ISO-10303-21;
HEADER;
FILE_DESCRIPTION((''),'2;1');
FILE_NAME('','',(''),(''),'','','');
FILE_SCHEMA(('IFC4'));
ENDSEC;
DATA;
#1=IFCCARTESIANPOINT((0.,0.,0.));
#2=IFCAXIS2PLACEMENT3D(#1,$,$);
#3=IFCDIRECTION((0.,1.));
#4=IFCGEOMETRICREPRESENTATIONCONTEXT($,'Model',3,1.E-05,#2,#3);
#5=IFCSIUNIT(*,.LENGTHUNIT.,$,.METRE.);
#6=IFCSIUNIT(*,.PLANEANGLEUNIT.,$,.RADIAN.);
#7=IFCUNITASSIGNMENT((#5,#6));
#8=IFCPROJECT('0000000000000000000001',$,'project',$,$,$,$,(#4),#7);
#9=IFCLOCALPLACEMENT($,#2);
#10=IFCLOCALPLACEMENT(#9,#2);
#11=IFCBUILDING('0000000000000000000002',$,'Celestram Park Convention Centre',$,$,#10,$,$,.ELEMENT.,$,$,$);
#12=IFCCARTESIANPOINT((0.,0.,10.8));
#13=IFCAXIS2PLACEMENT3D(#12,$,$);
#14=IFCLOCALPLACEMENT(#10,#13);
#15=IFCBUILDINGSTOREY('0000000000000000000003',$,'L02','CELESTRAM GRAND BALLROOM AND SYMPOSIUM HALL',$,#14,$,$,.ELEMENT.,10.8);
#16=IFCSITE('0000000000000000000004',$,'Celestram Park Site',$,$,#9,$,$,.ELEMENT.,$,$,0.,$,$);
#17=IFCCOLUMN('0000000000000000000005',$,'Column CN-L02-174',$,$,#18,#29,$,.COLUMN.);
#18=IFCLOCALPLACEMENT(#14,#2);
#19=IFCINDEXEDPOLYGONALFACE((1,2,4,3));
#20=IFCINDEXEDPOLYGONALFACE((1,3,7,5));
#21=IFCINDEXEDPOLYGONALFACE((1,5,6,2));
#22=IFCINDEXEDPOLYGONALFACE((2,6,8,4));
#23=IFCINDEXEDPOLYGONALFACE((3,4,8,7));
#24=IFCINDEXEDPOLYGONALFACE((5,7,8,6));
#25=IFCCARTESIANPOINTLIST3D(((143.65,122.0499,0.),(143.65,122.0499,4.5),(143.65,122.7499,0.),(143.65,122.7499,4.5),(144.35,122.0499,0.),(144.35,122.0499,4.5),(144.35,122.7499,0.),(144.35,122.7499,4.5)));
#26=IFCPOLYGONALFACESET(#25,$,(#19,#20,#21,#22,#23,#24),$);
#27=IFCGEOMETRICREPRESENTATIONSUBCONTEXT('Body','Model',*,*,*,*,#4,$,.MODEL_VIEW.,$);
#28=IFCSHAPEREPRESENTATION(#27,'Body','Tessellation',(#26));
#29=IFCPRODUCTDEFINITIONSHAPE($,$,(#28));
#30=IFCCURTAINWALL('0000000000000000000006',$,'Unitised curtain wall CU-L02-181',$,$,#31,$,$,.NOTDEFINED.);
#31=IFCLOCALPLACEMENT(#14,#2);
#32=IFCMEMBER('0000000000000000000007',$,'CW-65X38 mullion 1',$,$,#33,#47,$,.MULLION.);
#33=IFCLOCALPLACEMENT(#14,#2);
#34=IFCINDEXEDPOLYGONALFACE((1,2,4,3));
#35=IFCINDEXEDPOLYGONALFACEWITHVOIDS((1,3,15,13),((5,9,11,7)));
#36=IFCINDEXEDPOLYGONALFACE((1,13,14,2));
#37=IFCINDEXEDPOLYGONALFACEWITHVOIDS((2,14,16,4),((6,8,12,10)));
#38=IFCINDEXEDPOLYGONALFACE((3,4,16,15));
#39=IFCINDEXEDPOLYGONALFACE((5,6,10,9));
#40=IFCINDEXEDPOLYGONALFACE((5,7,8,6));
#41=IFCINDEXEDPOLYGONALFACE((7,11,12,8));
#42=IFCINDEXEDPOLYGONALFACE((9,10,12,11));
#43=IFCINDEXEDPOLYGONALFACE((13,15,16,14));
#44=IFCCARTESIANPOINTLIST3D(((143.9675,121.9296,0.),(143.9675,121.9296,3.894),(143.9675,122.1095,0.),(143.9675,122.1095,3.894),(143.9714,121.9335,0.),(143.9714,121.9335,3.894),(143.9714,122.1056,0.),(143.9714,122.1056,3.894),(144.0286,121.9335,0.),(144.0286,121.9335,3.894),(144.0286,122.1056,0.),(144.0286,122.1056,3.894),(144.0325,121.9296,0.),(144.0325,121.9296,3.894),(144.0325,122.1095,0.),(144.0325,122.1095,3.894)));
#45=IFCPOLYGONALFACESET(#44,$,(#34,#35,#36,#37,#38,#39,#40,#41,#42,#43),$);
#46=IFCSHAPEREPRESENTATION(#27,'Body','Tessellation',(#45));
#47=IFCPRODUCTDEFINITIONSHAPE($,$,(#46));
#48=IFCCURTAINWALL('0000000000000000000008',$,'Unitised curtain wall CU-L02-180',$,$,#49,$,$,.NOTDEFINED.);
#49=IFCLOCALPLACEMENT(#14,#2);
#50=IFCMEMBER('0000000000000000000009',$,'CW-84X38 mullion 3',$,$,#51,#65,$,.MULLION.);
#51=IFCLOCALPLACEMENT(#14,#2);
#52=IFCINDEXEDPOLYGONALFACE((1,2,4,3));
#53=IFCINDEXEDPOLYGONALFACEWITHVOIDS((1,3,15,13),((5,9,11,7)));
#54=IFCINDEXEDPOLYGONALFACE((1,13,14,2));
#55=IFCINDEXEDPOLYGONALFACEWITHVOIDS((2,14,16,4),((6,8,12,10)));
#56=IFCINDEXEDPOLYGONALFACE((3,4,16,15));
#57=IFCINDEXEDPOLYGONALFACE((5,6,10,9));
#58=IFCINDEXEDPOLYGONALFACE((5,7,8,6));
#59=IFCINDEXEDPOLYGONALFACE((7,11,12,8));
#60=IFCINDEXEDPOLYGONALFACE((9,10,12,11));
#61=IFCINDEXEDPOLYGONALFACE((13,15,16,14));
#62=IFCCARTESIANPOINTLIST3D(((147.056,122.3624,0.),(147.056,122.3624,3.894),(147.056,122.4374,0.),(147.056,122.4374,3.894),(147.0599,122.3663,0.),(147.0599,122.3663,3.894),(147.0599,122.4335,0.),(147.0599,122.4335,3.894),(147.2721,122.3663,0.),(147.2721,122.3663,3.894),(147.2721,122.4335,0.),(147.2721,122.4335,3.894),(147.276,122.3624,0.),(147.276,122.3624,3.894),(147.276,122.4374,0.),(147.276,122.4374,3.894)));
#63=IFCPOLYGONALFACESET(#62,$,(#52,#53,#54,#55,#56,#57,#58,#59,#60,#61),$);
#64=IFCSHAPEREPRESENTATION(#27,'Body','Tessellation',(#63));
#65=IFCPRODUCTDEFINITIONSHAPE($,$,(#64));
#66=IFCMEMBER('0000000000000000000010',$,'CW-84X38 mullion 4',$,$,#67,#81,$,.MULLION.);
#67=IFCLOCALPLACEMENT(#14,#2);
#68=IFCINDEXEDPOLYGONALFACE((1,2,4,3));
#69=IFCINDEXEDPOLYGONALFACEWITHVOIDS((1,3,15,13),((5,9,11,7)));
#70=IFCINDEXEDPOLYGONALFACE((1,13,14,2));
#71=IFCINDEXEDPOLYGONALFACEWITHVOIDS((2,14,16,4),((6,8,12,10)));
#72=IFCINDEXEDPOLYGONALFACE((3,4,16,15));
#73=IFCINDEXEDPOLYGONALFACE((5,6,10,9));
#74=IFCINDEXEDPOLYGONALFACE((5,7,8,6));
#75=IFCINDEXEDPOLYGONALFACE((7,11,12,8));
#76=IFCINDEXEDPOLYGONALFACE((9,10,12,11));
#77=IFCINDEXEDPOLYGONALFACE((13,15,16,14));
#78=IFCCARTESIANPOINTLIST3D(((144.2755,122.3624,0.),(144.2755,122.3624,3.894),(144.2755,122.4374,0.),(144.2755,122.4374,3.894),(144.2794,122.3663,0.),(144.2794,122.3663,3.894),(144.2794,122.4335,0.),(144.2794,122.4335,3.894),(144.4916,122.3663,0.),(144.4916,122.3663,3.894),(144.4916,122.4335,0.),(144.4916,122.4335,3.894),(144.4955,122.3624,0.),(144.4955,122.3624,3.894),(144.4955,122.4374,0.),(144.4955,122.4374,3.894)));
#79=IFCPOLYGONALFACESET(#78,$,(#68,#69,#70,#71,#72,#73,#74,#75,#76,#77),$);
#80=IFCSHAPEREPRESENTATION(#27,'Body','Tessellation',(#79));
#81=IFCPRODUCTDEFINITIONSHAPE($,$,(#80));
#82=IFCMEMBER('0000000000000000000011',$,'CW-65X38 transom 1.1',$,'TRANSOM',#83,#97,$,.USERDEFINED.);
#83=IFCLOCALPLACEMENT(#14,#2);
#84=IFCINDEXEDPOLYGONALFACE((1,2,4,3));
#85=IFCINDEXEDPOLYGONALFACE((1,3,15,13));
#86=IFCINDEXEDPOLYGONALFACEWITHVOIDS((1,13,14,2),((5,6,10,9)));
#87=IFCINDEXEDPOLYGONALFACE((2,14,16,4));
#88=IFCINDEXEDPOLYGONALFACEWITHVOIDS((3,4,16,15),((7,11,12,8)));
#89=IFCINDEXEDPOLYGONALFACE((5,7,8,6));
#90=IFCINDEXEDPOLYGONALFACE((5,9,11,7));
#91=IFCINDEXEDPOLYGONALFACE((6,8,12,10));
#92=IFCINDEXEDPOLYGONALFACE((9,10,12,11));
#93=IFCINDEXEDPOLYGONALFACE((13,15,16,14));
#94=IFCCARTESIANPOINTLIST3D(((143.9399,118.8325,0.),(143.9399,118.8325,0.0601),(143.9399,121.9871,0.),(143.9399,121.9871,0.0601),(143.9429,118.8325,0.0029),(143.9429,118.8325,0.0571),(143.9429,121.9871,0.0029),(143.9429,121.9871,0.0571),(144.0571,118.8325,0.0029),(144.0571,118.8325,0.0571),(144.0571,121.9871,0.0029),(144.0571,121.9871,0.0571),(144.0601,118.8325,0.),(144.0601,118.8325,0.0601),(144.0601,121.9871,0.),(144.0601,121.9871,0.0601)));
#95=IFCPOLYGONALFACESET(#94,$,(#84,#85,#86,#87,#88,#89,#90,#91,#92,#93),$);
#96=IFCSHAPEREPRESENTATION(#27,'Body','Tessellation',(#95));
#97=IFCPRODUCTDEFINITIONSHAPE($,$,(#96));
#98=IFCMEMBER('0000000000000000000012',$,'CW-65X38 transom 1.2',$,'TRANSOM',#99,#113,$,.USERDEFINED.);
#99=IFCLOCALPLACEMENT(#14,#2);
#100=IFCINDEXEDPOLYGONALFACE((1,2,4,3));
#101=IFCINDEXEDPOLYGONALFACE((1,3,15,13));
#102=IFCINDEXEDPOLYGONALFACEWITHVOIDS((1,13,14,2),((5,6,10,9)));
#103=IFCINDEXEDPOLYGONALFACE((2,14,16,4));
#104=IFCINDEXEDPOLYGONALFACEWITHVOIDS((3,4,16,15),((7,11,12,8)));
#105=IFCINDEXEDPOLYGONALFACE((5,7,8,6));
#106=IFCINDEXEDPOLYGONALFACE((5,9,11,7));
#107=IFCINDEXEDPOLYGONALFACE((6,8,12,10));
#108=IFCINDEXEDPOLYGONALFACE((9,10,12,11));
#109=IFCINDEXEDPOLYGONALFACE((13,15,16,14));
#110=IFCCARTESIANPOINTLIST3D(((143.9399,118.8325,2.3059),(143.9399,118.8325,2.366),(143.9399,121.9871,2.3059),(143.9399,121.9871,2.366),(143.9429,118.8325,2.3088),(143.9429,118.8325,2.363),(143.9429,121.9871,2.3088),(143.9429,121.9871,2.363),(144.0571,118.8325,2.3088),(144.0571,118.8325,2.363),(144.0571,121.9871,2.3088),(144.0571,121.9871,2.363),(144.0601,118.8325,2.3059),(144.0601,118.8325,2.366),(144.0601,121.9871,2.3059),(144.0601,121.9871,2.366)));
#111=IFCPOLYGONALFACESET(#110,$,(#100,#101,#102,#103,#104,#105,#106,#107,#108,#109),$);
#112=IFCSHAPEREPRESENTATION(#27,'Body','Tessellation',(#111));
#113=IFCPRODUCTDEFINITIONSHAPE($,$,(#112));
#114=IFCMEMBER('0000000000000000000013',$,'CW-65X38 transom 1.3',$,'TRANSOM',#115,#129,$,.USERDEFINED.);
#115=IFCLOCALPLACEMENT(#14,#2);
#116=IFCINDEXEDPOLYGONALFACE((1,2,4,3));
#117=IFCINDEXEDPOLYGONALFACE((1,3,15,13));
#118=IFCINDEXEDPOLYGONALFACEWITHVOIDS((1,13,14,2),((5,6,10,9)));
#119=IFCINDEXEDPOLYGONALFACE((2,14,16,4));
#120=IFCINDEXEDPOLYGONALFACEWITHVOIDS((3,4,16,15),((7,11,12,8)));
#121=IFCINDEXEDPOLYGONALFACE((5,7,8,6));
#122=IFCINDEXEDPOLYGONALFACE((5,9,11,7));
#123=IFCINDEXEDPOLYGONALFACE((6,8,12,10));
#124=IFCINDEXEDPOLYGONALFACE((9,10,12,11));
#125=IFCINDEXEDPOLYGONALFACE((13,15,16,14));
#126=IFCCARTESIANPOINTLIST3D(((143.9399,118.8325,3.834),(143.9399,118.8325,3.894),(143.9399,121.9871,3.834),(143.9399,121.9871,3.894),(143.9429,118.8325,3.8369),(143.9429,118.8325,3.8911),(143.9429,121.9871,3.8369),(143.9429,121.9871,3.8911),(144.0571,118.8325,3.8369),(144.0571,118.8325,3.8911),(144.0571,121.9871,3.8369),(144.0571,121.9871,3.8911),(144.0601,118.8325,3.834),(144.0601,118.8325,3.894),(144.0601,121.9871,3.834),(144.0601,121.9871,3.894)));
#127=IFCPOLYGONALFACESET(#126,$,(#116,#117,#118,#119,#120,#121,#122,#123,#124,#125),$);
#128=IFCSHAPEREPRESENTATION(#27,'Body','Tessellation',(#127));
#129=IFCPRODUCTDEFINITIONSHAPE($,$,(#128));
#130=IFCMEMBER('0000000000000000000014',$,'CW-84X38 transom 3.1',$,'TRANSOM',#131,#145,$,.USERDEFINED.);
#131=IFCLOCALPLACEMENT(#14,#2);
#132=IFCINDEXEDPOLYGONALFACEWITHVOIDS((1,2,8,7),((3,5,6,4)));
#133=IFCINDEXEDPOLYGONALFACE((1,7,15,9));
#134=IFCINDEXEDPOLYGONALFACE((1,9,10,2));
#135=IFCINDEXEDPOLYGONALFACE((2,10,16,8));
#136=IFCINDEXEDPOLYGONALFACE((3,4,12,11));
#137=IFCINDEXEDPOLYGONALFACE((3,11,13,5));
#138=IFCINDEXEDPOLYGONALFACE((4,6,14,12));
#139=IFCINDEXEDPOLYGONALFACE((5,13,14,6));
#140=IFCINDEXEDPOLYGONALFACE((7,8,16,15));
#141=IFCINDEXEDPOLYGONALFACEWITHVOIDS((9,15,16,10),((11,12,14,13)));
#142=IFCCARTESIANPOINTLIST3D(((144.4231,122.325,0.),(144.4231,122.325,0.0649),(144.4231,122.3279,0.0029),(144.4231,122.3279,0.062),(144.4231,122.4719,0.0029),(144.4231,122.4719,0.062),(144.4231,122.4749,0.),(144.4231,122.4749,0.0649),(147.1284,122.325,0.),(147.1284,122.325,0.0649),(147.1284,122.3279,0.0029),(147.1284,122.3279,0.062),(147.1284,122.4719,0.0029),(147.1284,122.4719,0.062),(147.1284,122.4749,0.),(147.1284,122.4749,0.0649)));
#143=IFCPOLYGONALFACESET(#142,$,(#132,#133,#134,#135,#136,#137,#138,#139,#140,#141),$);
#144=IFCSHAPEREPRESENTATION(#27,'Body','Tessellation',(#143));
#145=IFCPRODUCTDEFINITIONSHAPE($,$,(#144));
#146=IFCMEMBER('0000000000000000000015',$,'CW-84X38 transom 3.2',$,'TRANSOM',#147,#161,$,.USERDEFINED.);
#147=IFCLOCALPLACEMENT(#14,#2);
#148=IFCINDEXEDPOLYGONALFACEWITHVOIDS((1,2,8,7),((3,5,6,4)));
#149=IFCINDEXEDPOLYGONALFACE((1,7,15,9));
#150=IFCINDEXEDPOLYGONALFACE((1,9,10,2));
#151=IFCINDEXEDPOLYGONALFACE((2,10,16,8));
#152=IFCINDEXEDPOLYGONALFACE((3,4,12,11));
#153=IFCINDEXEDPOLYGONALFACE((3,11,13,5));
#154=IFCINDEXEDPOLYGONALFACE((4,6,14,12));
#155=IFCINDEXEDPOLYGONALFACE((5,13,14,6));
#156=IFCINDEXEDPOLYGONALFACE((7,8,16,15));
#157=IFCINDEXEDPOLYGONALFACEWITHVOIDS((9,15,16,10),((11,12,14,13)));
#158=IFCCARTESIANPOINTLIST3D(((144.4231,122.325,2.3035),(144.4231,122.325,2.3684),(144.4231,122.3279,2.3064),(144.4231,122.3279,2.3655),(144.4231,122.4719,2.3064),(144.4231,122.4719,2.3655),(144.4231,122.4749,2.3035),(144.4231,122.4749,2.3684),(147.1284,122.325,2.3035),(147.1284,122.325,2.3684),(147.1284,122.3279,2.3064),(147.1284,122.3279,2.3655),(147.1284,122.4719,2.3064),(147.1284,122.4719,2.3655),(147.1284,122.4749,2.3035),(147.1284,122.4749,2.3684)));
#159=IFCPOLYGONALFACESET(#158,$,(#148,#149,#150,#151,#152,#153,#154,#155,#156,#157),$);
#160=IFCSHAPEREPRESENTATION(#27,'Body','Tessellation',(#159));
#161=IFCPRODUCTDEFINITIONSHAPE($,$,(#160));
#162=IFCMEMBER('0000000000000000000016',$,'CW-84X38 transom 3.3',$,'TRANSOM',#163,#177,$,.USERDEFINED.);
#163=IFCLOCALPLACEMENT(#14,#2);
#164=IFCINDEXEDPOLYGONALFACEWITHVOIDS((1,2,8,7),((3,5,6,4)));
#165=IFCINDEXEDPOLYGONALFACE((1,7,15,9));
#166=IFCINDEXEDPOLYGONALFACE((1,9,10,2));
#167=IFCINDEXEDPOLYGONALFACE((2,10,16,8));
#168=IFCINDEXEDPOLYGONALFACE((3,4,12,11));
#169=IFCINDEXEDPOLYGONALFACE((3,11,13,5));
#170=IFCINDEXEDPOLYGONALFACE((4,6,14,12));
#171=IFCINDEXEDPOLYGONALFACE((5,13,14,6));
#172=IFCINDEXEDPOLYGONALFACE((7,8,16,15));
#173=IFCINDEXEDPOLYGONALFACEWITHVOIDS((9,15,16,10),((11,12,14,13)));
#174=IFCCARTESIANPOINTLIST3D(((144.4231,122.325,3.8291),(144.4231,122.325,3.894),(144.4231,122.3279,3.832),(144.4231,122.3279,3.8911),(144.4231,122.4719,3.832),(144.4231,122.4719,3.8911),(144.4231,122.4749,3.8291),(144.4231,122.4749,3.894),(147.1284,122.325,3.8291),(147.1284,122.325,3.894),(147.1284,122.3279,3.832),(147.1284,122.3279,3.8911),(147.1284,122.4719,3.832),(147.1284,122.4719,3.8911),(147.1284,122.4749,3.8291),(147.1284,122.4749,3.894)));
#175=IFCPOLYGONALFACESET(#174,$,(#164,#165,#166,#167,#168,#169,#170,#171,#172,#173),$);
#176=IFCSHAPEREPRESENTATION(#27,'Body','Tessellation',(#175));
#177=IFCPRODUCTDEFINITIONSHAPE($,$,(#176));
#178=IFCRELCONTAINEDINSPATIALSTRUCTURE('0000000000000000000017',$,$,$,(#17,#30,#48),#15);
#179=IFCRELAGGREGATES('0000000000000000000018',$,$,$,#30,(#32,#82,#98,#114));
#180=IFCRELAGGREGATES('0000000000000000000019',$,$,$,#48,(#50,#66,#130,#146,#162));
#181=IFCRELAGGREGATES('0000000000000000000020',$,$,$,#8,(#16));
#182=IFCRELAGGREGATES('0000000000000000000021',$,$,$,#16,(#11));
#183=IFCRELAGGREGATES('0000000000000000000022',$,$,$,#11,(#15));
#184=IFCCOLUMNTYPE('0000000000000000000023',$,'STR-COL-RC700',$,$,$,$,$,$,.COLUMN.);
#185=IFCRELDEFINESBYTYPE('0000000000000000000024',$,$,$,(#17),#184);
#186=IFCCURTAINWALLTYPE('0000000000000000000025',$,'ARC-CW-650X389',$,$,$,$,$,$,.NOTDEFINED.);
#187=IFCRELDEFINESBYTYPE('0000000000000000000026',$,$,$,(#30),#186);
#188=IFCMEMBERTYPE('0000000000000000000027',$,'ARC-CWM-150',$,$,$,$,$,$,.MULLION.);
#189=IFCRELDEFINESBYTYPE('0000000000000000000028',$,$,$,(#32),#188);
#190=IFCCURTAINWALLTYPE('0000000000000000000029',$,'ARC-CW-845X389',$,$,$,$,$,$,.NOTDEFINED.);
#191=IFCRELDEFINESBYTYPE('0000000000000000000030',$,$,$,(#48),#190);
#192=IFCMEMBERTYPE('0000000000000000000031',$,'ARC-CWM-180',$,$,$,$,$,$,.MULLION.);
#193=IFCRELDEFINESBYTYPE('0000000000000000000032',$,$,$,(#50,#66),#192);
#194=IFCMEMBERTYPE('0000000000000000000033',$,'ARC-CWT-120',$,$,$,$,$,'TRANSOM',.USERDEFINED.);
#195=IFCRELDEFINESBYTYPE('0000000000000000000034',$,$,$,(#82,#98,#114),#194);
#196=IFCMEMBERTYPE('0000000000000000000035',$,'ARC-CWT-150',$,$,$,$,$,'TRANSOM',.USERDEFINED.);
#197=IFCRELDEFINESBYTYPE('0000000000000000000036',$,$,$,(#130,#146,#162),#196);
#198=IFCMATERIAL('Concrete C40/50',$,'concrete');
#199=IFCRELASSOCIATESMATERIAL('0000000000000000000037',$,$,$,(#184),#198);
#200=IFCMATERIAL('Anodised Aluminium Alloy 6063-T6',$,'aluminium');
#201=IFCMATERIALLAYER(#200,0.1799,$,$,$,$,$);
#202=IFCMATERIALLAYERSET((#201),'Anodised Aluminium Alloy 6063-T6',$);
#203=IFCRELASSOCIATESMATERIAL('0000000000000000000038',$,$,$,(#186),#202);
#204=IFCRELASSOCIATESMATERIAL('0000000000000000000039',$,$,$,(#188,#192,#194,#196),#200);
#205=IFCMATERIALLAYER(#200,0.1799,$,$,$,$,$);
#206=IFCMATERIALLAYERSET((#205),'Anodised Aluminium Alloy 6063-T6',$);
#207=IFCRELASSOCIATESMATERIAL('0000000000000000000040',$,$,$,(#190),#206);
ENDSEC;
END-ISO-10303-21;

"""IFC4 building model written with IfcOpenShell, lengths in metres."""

from ifc_helpers import new_model, si_unit, direction, frame, origin, origin_2d, place, context, subcontext, project, spatial, rectangle, hollow_rectangle, extrude, material, layer, layer_set, material_profile, profile_set, type_object, element, aggregate, save


model = new_model("IFC4")

# Units and contexts
model_context = context("Model", 3, precision=1e-05, world=origin(), true_north=direction((0.0, 1.0)))
body_context = subcontext(model_context, "Body", "Model", "MODEL_VIEW")
ifc_project = project(units=[si_unit("LENGTHUNIT", "METRE"), si_unit("PLANEANGLEUNIT", "RADIAN")], contexts=[model_context])

# Site, building, storey
site_placement = place(None, origin())
site = spatial("IfcSite", under=ifc_project, at=site_placement, Name="Celestram Park Site", CompositionType="ELEMENT", RefElevation=0.0)
building_placement = place(site_placement, origin())
building = spatial("IfcBuilding", under=site, at=building_placement, Name="Celestram Park Convention Centre", CompositionType="ELEMENT")
storey_placement = place(building_placement, frame((0.0, 0.0, 10.8)))
storey = spatial("IfcBuildingStorey", under=building, at=storey_placement, Name="L02", Description="CELESTRAM GRAND BALLROOM AND SYMPOSIUM HALL", CompositionType="ELEMENT", Elevation=10.8)

# Column
ifc_material_1 = material(Name="Concrete C40/50", Category="concrete")
ifc_material_profile_1 = material_profile(ifc_material_1, rectangle(XDim=0.7, YDim=0.7, at=origin_2d()), Name="RC700X700")
ifc_profile_set_1 = profile_set([ifc_material_profile_1], Name="Concrete C40/50")
column_type = type_object("IfcColumnType", Name="STR-COL-RC700", PredefinedType="COLUMN", material=ifc_profile_set_1)
column_placement = place(storey_placement, frame((144.0, 122.3999, 0.0), z_axis=(0.0, 0.0, 1.0), x_axis=(1.0, 0.0, 0.0)))
element("IfcColumn", 1, at=column_placement, inside=storey, type_object=column_type, Name="Column CN-L02-174", PredefinedType="COLUMN", context=body_context, shape_type="SweptSolid", body=[
    extrude(rectangle(XDim=0.7, YDim=0.7, at=origin_2d()), origin(), (0.0, 0.0, 1.0), 4.5),
])

# Curtain wall, member
ifc_material_2 = material(Name="Anodised Aluminium Alloy 6063-T6", Category="aluminium")
ifc_layer_1 = layer(ifc_material_2, 0.1799)
ifc_layer_set_1 = layer_set([ifc_layer_1], Name="Anodised Aluminium Alloy 6063-T6")
curtain_wall_type_1 = type_object("IfcCurtainWallType", Name="ARC-CW-650X389", PredefinedType="NOTDEFINED", material=ifc_layer_set_1)
curtain_wall_1_placement = place(storey_placement, origin())
curtain_wall_1 = element("IfcCurtainWall", 2, at=curtain_wall_1_placement, inside=storey, type_object=curtain_wall_type_1, Name="Unitised curtain wall CU-L02-181", PredefinedType="NOTDEFINED")
ifc_material_profile_2 = material_profile(ifc_material_2, hollow_rectangle(XDim=0.0649, YDim=0.1799, WallThickness=0.0039, at=origin_2d()), Name="ALU65X180X4")
ifc_profile_set_2 = profile_set([ifc_material_profile_2], Name="Anodised Aluminium Alloy 6063-T6")
member_type_1 = type_object("IfcMemberType", Name="ARC-CWM-150", PredefinedType="MULLION", material=ifc_profile_set_2)
member_1_placement = place(storey_placement, frame((144.0, 122.0195, 0.0), z_axis=(0.0, 0.0, 1.0), x_axis=(1.0, 0.0, 0.0)))
member_1 = element("IfcMember", 3, at=member_1_placement, type_object=member_type_1, Name="CW-65X38 mullion 1", PredefinedType="MULLION", context=body_context, shape_type="SweptSolid", body=[
    extrude(hollow_rectangle(XDim=0.0649, YDim=0.1799, WallThickness=0.0039, at=origin_2d()), origin(), (0.0, 0.0, 1.0), 3.894),
])

# Curtain wall, members
ifc_layer_2 = layer(ifc_material_2, 0.1799)
ifc_layer_set_2 = layer_set([ifc_layer_2], Name="Anodised Aluminium Alloy 6063-T6")
curtain_wall_type_2 = type_object("IfcCurtainWallType", Name="ARC-CW-845X389", PredefinedType="NOTDEFINED", material=ifc_layer_set_2)
curtain_wall_2_placement = place(storey_placement, origin())
curtain_wall_2 = element("IfcCurtainWall", 4, at=curtain_wall_2_placement, inside=storey, type_object=curtain_wall_type_2, Name="Unitised curtain wall CU-L02-180", PredefinedType="NOTDEFINED")
ifc_material_profile_3 = material_profile(ifc_material_2, hollow_rectangle(XDim=0.075, YDim=0.22, WallThickness=0.0039, at=origin_2d()), Name="ALU75X220X4")
ifc_profile_set_3 = profile_set([ifc_material_profile_3], Name="Anodised Aluminium Alloy 6063-T6")
member_type_2 = type_object("IfcMemberType", Name="ARC-CWM-180", PredefinedType="MULLION", material=ifc_profile_set_3)
member_2_placement = place(storey_placement, frame((147.166, 122.3999, 0.0), z_axis=(0.0, 0.0, 1.0), x_axis=(0.0, -1.0, 0.0)))
member_2 = element("IfcMember", 5, at=member_2_placement, type_object=member_type_2, Name="CW-84X38 mullion 3", PredefinedType="MULLION", context=body_context, shape_type="SweptSolid", body=[
    extrude(hollow_rectangle(XDim=0.075, YDim=0.22, WallThickness=0.0039, at=origin_2d()), origin(), (0.0, 0.0, 1.0), 3.894),
])
member_3_placement = place(storey_placement, frame((144.3855, 122.3999, 0.0), z_axis=(0.0, 0.0, 1.0), x_axis=(0.0, -1.0, 0.0)))
member_3 = element("IfcMember", 6, at=member_3_placement, type_object=member_type_2, Name="CW-84X38 mullion 4", PredefinedType="MULLION", context=body_context, shape_type="SweptSolid", body=[
    extrude(hollow_rectangle(XDim=0.075, YDim=0.22, WallThickness=0.0039, at=origin_2d()), origin(), (0.0, 0.0, 1.0), 3.894),
])

# Members
ifc_material_profile_4 = material_profile(ifc_material_2, hollow_rectangle(XDim=0.1201, YDim=0.0601, WallThickness=0.0029, at=origin_2d()), Name="ALU120X60X3")
ifc_profile_set_4 = profile_set([ifc_material_profile_4], Name="Anodised Aluminium Alloy 6063-T6")
member_type_3 = type_object("IfcMemberType", Name="ARC-CWT-120", ElementType="TRANSOM", PredefinedType="USERDEFINED", material=ifc_profile_set_4)
member_4_placement = place(storey_placement, frame((144.0, 121.9871, 0.03), z_axis=(0.0, -1.0, 0.0), x_axis=(1.0, 0.0, 0.0)))
member_4 = element("IfcMember", 7, at=member_4_placement, type_object=member_type_3, Name="CW-65X38 transom 1.1", ObjectType="TRANSOM", PredefinedType="USERDEFINED", context=body_context, shape_type="SweptSolid", body=[
    extrude(hollow_rectangle(XDim=0.1201, YDim=0.0601, WallThickness=0.0029, at=origin_2d()), origin(), (0.0, 0.0, 1.0), 3.1545),
])
member_5_placement = place(storey_placement, frame((144.0, 121.9871, 2.3359), z_axis=(0.0, -1.0, 0.0), x_axis=(1.0, 0.0, 0.0)))
member_5 = element("IfcMember", 8, at=member_5_placement, type_object=member_type_3, Name="CW-65X38 transom 1.2", ObjectType="TRANSOM", PredefinedType="USERDEFINED", context=body_context, shape_type="SweptSolid", body=[
    extrude(hollow_rectangle(XDim=0.1201, YDim=0.0601, WallThickness=0.0029, at=origin_2d()), origin(), (0.0, 0.0, 1.0), 3.1545),
])
member_6_placement = place(storey_placement, frame((144.0, 121.9871, 3.864), z_axis=(0.0, -1.0, 0.0), x_axis=(1.0, 0.0, 0.0)))
member_6 = element("IfcMember", 9, at=member_6_placement, type_object=member_type_3, Name="CW-65X38 transom 1.3", ObjectType="TRANSOM", PredefinedType="USERDEFINED", context=body_context, shape_type="SweptSolid", body=[
    extrude(hollow_rectangle(XDim=0.1201, YDim=0.0601, WallThickness=0.0029, at=origin_2d()), origin(), (0.0, 0.0, 1.0), 3.1545),
])
ifc_material_profile_5 = material_profile(ifc_material_2, hollow_rectangle(XDim=0.1499, YDim=0.0649, WallThickness=0.0029, at=origin_2d()), Name="ALU150X65X3")
ifc_profile_set_5 = profile_set([ifc_material_profile_5], Name="Anodised Aluminium Alloy 6063-T6")
member_type_4 = type_object("IfcMemberType", Name="ARC-CWT-150", ElementType="TRANSOM", PredefinedType="USERDEFINED", material=ifc_profile_set_5)
member_7_placement = place(storey_placement, frame((147.1284, 122.3999, 0.0325), z_axis=(-1.0, 0.0, 0.0), x_axis=(0.0, -1.0, 0.0)))
member_7 = element("IfcMember", 10, at=member_7_placement, type_object=member_type_4, Name="CW-84X38 transom 3.1", ObjectType="TRANSOM", PredefinedType="USERDEFINED", context=body_context, shape_type="SweptSolid", body=[
    extrude(hollow_rectangle(XDim=0.1499, YDim=0.0649, WallThickness=0.0029, at=origin_2d()), origin(), (0.0, 0.0, 1.0), 2.7053),
])
member_8_placement = place(storey_placement, frame((147.1284, 122.3999, 2.3359), z_axis=(-1.0, 0.0, 0.0), x_axis=(0.0, -1.0, 0.0)))
member_8 = element("IfcMember", 11, at=member_8_placement, type_object=member_type_4, Name="CW-84X38 transom 3.2", ObjectType="TRANSOM", PredefinedType="USERDEFINED", context=body_context, shape_type="SweptSolid", body=[
    extrude(hollow_rectangle(XDim=0.1499, YDim=0.0649, WallThickness=0.0029, at=origin_2d()), origin(), (0.0, 0.0, 1.0), 2.7053),
])
member_9_placement = place(storey_placement, frame((147.1284, 122.3999, 3.8616), z_axis=(-1.0, 0.0, 0.0), x_axis=(0.0, -1.0, 0.0)))
member_9 = element("IfcMember", 12, at=member_9_placement, type_object=member_type_4, Name="CW-84X38 transom 3.3", ObjectType="TRANSOM", PredefinedType="USERDEFINED", context=body_context, shape_type="SweptSolid", body=[
    extrude(hollow_rectangle(XDim=0.1499, YDim=0.0649, WallThickness=0.0029, at=origin_2d()), origin(), (0.0, 0.0, 1.0), 2.7053),
])

aggregate(curtain_wall_1, [member_1, member_4, member_5, member_6])
aggregate(curtain_wall_2, [member_2, member_3, member_7, member_8, member_9])

save(model, "model.ifc")
